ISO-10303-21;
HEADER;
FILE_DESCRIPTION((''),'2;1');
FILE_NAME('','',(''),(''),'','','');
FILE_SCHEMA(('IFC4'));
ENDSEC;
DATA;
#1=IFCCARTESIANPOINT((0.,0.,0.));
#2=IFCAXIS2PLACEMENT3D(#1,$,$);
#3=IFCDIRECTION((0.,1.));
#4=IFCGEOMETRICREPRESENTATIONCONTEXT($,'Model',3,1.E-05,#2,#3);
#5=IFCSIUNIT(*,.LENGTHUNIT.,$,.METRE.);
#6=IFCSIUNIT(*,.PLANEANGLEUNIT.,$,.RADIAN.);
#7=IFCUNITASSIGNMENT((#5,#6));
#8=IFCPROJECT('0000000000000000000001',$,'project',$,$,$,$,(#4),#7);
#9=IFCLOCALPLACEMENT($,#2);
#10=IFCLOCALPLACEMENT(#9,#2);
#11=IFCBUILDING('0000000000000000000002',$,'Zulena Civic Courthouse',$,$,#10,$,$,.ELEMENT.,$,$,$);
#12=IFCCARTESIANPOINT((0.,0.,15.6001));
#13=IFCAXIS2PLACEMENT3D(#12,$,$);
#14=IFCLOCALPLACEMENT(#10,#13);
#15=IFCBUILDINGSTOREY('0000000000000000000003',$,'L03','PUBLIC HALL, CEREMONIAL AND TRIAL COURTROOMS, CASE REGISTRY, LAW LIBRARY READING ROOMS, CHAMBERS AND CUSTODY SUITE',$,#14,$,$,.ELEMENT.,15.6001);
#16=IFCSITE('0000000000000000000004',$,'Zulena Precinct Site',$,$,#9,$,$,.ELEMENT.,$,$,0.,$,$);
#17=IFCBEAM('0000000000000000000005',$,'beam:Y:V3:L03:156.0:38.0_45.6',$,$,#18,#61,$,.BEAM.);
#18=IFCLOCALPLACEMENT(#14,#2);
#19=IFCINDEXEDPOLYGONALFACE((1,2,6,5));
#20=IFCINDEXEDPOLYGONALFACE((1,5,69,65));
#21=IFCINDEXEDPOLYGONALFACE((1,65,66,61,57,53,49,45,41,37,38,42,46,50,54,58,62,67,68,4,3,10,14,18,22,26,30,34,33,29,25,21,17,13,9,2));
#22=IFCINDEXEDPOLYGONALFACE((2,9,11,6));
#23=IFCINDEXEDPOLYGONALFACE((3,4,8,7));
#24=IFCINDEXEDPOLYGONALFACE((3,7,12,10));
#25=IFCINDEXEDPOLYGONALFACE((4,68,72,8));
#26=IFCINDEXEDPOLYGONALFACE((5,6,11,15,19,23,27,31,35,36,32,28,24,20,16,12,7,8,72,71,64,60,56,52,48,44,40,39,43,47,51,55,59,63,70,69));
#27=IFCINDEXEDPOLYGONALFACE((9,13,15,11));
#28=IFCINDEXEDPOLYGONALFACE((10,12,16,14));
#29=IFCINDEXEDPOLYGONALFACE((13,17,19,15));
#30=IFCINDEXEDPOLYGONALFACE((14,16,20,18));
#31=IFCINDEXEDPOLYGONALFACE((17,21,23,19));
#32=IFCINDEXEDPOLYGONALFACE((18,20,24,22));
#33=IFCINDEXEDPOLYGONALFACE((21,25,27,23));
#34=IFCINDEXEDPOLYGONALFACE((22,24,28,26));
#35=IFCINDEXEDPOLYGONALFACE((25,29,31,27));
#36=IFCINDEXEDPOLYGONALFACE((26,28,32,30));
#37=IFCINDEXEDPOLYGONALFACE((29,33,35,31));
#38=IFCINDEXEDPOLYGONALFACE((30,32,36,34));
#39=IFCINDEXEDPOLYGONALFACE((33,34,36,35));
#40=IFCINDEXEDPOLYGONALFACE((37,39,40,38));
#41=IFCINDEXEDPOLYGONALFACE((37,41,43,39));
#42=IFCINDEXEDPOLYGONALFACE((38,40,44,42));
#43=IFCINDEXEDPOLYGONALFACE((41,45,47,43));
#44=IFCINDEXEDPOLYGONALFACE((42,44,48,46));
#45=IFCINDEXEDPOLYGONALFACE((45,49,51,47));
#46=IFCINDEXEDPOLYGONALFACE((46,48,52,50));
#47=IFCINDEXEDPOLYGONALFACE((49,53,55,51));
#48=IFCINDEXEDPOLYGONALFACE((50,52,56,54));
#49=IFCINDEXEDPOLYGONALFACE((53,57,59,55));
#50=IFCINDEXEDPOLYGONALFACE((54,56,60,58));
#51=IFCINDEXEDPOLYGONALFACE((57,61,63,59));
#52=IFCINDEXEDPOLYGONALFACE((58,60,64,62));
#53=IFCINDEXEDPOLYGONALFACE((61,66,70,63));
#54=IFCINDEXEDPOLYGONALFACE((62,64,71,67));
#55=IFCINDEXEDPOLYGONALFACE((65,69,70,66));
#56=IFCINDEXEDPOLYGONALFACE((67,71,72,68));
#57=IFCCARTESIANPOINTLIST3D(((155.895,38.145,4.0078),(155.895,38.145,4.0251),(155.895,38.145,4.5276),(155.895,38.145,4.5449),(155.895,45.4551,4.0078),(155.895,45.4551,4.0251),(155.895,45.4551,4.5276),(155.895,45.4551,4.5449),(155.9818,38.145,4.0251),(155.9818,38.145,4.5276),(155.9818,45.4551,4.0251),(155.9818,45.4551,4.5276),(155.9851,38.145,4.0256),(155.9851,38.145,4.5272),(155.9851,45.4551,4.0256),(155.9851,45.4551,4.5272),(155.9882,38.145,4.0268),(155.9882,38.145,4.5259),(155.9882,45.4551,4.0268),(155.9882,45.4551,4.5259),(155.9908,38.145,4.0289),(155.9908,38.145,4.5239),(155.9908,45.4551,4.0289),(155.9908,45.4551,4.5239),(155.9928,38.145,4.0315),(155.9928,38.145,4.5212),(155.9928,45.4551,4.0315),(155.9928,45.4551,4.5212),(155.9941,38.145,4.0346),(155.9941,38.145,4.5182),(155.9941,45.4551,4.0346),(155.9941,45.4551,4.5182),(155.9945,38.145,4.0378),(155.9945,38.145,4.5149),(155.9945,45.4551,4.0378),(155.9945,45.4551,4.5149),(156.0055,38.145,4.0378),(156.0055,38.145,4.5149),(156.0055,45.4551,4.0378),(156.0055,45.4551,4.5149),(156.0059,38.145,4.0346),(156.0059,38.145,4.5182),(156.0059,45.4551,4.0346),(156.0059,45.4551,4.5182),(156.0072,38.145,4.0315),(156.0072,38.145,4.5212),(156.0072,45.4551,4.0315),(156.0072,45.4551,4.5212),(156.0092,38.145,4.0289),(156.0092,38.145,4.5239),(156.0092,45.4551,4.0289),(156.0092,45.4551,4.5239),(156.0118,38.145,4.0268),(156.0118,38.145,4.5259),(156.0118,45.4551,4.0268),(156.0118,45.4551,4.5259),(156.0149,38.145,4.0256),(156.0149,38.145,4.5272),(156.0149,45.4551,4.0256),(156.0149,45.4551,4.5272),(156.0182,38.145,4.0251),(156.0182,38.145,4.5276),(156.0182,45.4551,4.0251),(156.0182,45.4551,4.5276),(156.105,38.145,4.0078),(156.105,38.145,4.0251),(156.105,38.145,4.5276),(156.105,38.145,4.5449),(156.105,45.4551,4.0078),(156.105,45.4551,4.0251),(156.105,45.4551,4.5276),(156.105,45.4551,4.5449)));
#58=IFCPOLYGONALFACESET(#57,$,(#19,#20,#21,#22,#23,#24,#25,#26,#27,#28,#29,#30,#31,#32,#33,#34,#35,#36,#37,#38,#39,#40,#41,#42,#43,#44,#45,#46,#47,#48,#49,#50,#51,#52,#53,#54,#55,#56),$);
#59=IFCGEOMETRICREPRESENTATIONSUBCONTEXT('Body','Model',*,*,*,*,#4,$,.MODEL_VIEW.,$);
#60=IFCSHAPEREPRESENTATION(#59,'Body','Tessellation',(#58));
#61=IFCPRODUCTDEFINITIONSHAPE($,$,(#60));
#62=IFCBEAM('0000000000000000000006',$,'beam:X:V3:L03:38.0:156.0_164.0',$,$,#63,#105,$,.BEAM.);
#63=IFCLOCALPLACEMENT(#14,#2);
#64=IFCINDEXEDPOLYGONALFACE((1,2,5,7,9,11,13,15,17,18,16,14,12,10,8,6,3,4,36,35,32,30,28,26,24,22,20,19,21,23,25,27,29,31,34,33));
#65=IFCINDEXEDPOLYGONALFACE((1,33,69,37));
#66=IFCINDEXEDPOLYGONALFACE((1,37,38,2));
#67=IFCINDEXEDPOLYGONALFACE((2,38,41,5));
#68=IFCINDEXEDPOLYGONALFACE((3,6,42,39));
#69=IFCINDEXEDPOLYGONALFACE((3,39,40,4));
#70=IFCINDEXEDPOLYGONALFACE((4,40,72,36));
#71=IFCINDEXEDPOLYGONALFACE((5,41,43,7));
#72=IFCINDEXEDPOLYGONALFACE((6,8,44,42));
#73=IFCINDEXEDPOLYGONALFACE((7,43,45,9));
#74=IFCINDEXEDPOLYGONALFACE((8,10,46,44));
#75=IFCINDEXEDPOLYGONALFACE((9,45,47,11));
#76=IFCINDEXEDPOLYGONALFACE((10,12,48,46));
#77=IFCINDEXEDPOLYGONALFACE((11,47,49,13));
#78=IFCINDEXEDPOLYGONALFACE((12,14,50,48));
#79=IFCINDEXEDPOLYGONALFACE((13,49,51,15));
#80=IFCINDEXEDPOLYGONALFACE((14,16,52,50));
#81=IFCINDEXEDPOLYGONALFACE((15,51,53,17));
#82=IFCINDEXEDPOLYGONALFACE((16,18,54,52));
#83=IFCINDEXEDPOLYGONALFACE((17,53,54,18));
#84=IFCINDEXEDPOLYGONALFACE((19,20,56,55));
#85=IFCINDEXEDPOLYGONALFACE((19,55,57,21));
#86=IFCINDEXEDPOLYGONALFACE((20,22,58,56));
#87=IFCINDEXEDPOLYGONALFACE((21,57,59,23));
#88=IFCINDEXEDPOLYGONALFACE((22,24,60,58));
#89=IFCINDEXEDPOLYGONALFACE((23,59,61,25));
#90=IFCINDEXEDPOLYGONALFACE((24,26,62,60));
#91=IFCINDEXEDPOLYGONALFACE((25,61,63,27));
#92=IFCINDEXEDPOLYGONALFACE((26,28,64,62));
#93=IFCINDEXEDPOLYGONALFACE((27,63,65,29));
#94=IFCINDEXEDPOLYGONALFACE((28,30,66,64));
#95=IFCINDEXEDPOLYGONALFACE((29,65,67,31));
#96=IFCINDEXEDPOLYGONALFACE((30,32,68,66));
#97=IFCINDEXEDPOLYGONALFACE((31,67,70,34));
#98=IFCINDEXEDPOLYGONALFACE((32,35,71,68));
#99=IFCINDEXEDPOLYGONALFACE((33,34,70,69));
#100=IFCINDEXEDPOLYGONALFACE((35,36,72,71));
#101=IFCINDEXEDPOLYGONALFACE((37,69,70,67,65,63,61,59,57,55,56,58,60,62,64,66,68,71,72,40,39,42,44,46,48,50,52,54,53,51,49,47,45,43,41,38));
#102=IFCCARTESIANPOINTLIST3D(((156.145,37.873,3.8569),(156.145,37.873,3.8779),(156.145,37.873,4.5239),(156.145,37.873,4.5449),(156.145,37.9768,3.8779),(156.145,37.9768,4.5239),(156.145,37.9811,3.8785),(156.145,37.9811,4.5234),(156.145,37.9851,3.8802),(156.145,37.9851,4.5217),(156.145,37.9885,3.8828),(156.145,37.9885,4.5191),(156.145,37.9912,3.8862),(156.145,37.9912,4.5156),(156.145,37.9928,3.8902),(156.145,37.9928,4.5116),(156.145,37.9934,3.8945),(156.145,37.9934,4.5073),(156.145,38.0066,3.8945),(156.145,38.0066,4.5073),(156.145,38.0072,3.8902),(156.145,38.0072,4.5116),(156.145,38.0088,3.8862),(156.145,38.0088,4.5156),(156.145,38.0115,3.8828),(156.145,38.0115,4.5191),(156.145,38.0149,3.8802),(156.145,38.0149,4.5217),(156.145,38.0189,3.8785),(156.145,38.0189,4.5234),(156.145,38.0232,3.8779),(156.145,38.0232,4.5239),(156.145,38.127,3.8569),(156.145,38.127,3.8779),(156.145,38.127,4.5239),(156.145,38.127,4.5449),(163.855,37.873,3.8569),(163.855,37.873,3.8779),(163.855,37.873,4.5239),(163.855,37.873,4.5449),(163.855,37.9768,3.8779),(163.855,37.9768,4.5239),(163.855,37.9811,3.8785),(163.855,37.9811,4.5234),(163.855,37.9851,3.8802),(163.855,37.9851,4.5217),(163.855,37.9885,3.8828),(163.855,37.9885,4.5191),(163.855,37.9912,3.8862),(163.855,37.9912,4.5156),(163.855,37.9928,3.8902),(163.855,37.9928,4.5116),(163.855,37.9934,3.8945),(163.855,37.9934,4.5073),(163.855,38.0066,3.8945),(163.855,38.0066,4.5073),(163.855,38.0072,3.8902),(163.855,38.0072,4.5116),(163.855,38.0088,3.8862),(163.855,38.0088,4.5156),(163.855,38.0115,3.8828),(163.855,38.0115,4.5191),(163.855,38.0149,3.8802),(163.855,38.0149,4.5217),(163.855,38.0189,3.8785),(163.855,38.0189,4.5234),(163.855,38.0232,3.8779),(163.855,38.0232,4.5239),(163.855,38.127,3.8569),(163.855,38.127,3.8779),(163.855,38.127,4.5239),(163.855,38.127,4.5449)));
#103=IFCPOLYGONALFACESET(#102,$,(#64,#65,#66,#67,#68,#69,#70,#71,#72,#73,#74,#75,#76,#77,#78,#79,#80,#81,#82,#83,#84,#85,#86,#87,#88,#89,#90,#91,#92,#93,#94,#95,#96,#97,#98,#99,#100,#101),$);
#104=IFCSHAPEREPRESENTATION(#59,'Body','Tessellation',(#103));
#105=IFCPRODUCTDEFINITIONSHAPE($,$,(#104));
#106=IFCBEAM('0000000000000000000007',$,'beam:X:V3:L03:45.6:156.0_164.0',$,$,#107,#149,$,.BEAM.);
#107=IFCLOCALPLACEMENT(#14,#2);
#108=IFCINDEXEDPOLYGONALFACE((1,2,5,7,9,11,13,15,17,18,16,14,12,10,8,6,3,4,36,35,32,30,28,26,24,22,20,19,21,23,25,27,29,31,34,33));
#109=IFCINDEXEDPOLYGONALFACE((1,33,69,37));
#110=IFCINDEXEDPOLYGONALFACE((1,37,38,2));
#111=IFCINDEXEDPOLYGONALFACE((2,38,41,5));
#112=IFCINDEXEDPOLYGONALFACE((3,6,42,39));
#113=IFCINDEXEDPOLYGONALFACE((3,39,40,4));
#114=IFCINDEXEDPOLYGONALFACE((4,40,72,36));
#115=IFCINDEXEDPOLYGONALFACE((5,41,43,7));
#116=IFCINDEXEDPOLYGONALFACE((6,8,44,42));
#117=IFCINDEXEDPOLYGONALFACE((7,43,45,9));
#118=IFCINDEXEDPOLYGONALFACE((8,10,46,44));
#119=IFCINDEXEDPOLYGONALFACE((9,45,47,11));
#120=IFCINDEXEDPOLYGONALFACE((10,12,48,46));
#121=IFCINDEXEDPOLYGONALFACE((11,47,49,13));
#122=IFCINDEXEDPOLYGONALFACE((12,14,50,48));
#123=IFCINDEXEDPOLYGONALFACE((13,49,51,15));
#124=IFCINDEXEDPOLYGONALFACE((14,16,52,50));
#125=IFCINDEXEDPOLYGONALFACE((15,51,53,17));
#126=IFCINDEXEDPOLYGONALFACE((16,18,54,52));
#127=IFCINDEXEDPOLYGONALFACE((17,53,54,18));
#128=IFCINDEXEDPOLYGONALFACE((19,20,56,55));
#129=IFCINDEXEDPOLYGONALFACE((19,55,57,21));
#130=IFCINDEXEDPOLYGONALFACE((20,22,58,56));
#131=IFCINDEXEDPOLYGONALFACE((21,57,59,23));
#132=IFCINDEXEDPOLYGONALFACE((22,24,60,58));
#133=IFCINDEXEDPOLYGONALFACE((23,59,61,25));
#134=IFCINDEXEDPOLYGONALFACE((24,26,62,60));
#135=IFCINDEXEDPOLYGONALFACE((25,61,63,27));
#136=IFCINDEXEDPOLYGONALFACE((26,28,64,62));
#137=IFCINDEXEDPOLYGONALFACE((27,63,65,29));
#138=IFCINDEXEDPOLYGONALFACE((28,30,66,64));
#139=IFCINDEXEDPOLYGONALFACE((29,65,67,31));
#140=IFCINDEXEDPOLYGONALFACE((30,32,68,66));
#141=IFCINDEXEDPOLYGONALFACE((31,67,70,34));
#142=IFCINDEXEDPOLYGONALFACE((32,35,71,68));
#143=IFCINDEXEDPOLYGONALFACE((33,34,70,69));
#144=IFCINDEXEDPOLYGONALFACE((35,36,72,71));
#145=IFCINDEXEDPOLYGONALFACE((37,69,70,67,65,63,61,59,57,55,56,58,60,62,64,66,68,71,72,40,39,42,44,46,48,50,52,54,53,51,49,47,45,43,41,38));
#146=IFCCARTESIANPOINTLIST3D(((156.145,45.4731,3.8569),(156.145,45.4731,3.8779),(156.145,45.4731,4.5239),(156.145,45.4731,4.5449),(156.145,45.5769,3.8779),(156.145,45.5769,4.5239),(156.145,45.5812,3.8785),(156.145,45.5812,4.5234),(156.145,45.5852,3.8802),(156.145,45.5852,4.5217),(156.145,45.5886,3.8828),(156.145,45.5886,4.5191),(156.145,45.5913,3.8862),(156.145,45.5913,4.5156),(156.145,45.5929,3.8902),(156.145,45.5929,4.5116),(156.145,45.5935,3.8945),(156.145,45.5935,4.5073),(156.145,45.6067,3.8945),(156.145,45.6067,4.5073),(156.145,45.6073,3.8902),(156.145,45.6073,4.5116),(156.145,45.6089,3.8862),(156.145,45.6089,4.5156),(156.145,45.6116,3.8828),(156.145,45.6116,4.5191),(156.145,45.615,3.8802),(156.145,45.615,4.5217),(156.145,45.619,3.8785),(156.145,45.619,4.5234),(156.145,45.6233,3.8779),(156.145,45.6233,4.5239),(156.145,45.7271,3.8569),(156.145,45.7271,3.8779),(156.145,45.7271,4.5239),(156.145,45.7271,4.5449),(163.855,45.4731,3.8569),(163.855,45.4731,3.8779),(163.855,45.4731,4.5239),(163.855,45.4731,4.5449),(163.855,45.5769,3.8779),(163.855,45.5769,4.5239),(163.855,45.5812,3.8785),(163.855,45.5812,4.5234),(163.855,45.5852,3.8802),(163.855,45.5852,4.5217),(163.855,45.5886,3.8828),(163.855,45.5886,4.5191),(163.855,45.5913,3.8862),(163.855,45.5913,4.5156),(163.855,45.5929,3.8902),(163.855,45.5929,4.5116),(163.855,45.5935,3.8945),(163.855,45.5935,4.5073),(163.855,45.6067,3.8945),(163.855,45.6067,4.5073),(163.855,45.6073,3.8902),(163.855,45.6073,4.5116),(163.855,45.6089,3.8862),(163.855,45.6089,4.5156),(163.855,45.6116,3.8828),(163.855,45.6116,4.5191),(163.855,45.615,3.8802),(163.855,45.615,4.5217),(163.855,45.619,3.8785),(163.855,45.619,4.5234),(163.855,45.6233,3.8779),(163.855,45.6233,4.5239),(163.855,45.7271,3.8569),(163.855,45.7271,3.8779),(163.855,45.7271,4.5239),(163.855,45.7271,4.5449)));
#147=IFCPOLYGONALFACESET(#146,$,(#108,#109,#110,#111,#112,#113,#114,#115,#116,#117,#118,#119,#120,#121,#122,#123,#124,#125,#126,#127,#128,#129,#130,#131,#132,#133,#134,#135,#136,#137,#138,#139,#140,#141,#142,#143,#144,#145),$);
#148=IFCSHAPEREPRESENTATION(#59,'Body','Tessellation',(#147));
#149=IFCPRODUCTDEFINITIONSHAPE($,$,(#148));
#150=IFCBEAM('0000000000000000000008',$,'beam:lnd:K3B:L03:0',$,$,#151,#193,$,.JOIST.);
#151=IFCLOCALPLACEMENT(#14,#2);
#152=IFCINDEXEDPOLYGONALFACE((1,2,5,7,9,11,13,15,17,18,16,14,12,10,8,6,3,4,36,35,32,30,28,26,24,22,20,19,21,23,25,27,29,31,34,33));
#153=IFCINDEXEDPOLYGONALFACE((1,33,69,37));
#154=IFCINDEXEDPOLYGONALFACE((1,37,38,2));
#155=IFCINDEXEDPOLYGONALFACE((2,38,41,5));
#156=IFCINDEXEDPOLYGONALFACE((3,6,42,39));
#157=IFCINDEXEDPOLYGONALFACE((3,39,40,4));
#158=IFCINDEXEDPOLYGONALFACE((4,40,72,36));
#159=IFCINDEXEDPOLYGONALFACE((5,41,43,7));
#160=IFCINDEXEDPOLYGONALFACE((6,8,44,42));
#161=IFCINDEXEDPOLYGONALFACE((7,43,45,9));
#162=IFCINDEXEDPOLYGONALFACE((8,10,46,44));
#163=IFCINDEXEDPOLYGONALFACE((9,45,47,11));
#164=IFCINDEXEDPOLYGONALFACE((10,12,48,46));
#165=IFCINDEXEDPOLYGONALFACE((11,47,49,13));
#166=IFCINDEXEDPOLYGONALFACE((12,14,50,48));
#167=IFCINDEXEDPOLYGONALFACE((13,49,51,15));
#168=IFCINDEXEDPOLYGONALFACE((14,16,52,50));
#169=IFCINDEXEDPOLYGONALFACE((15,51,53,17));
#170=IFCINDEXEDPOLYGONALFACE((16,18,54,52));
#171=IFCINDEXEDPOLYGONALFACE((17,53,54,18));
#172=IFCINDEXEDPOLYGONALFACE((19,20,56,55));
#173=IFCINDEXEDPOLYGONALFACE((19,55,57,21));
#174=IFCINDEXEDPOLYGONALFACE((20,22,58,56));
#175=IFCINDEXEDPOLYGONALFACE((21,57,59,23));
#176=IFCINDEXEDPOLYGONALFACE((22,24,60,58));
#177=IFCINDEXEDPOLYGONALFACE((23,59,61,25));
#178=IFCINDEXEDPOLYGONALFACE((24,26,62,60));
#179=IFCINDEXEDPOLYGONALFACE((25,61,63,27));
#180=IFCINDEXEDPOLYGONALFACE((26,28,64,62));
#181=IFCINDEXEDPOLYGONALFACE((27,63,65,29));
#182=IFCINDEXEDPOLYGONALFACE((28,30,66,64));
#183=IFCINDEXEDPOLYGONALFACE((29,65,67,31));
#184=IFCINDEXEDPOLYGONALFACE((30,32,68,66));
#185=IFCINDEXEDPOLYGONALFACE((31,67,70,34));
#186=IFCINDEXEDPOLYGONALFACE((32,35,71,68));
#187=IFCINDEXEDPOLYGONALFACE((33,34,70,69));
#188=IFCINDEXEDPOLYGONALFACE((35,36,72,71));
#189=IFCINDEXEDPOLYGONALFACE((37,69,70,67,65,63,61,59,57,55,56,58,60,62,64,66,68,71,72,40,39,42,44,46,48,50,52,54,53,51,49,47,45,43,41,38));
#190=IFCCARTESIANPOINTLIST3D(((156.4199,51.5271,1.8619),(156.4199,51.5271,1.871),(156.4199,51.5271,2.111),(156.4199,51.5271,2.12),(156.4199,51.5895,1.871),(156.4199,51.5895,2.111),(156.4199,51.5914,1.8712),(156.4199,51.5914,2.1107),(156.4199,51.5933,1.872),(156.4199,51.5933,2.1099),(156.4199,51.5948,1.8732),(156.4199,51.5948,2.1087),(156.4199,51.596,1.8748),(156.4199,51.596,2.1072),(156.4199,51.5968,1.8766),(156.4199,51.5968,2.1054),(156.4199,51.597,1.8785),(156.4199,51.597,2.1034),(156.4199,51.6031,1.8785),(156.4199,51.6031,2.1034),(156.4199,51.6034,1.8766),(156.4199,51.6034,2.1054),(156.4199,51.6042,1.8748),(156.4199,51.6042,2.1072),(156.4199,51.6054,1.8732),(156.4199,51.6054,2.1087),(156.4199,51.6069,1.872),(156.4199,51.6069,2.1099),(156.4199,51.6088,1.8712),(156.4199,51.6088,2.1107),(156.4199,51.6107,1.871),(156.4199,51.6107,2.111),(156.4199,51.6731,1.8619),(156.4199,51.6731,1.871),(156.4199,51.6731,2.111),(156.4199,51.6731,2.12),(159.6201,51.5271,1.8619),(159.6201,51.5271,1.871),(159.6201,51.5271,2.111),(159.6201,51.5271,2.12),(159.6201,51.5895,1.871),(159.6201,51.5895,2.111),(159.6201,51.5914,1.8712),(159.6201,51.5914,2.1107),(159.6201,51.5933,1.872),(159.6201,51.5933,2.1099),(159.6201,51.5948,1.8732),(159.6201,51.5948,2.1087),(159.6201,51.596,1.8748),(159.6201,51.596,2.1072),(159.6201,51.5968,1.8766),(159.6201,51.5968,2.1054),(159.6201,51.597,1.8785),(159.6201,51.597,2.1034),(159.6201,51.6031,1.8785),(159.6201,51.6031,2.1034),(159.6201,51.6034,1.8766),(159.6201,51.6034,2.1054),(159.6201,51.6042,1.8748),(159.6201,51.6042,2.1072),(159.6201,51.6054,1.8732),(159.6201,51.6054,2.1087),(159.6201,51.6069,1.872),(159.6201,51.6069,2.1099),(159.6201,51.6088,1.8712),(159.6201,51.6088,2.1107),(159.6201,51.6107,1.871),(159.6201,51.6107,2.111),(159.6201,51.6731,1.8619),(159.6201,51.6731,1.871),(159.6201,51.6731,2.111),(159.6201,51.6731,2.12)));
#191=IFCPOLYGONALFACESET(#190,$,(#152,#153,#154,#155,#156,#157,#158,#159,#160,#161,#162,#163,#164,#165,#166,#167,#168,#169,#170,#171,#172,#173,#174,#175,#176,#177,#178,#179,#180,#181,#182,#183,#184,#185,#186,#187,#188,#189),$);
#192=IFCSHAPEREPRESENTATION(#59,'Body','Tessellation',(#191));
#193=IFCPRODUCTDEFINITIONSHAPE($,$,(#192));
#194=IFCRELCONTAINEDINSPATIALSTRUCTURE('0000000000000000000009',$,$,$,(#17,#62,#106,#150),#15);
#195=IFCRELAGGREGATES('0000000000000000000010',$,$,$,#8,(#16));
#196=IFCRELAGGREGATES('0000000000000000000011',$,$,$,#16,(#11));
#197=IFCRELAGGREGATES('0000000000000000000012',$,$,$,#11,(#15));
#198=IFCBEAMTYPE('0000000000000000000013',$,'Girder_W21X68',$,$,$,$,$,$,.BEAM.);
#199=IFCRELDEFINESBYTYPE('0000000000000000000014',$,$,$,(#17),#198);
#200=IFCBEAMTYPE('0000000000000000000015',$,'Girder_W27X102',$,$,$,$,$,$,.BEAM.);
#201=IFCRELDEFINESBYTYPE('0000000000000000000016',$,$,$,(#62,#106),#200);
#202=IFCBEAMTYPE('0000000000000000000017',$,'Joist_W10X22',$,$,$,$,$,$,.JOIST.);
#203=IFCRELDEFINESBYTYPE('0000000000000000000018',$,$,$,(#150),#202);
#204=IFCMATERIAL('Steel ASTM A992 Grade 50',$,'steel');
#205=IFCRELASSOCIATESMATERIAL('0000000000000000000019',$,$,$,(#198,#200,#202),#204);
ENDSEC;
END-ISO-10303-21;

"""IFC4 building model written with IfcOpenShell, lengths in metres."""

from ifc_helpers import new_model, si_unit, direction, frame, origin, origin_2d, place, context, subcontext, project, spatial, i_section, extrude, material, material_profile, profile_set, type_object, element, save


model = new_model("IFC4")

# Units and contexts
model_context = context("Model", 3, precision=1e-05, world=origin(), true_north=direction((0.0, 1.0)))
body_context = subcontext(model_context, "Body", "Model", "MODEL_VIEW")
ifc_project = project(units=[si_unit("LENGTHUNIT", "METRE"), si_unit("PLANEANGLEUNIT", "RADIAN")], contexts=[model_context])

# Site, building, storey
site_placement = place(None, origin())
site = spatial("IfcSite", under=ifc_project, at=site_placement, Name="Zulena Precinct Site", CompositionType="ELEMENT", RefElevation=0.0)
building_placement = place(site_placement, origin())
building = spatial("IfcBuilding", under=site, at=building_placement, Name="Zulena Civic Courthouse", CompositionType="ELEMENT")
storey_placement = place(building_placement, frame((0.0, 0.0, 15.6001)))
storey = spatial("IfcBuildingStorey", under=building, at=storey_placement, Name="L03", Description="PUBLIC HALL, CEREMONIAL AND TRIAL COURTROOMS, CASE REGISTRY, LAW LIBRARY READING ROOMS, CHAMBERS AND CUSTODY SUITE", CompositionType="ELEMENT", Elevation=15.6001)

# Shared definitions
ifc_material_1 = material(Name="Steel ASTM A992 Grade 50", Category="steel")

# Beams
ifc_material_profile_1 = material_profile(ifc_material_1, i_section(OverallWidth=0.21, OverallDepth=0.5371, WebThickness=0.011, FlangeThickness=0.0173, FilletRadius=0.0127, at=origin_2d()), Name="W21X68")
ifc_profile_set_1 = profile_set([ifc_material_profile_1], Name="Steel ASTM A992 Grade 50")
beam_type_1 = type_object("IfcBeamType", Name="Girder_W21X68", PredefinedType="BEAM", material=ifc_profile_set_1)
beam_1_placement = place(storey_placement, frame((156.0, 38.145, 4.2764), z_axis=(0.0, 1.0, 0.0), x_axis=(-1.0, 0.0, 0.0)))
element("IfcBeam", 1, at=beam_1_placement, inside=storey, type_object=beam_type_1, Name="beam:Y:V3:L03:156.0:38.0_45.6", PredefinedType="BEAM", context=body_context, shape_type="SweptSolid", body=[
    extrude(i_section(OverallWidth=0.21, OverallDepth=0.5371, WebThickness=0.011, FlangeThickness=0.0173, FilletRadius=0.0127, at=origin_2d()), origin(), (0.0, 0.0, 1.0), 7.3101),
])
ifc_material_profile_2 = material_profile(ifc_material_1, i_section(OverallWidth=0.2539, OverallDepth=0.688, WebThickness=0.0132, FlangeThickness=0.021, FilletRadius=0.0166, at=origin_2d()), Name="W27X102")
ifc_profile_set_2 = profile_set([ifc_material_profile_2], Name="Steel ASTM A992 Grade 50")
beam_type_2 = type_object("IfcBeamType", Name="Girder_W27X102", PredefinedType="BEAM", material=ifc_profile_set_2)
for number, where, z_axis, x_axis, name in (
    (2, (156.145, 38.0, 4.2009), (1.0, 0.0, 0.0), (0.0, 1.0, 0.0), "beam:X:V3:L03:38.0:156.0_164.0"),
    (3, (156.145, 45.6001, 4.2009), (1.0, 0.0, 0.0), (0.0, 1.0, 0.0), "beam:X:V3:L03:45.6:156.0_164.0"),
):
    element("IfcBeam", number, at=place(storey_placement, frame(where, z_axis=z_axis, x_axis=x_axis)), inside=storey, type_object=beam_type_2, Name=name, PredefinedType="BEAM", context=body_context, shape_type="SweptSolid", body=[
        extrude(i_section(OverallWidth=0.2539, OverallDepth=0.688, WebThickness=0.0132, FlangeThickness=0.021, FilletRadius=0.0166, at=origin_2d()), origin(), (0.0, 0.0, 1.0), 7.71),
    ])
ifc_material_profile_3 = material_profile(ifc_material_1, i_section(OverallWidth=0.146, OverallDepth=0.2581, WebThickness=0.0061, FlangeThickness=0.009, FilletRadius=0.0076, at=origin_2d()), Name="W10X22")
ifc_profile_set_3 = profile_set([ifc_material_profile_3], Name="Steel ASTM A992 Grade 50")
beam_type_3 = type_object("IfcBeamType", Name="Joist_W10X22", PredefinedType="JOIST", material=ifc_profile_set_3)
for number, where, z_axis, x_axis, name in (
    (4, (156.4199, 51.6001, 1.991), (1.0, 0.0, 0.0), (0.0, 1.0, 0.0), "beam:lnd:K3B:L03:0"),
):
    element("IfcBeam", number, at=place(storey_placement, frame(where, z_axis=z_axis, x_axis=x_axis)), inside=storey, type_object=beam_type_3, Name=name, PredefinedType="JOIST", context=body_context, shape_type="SweptSolid", body=[
        extrude(i_section(OverallWidth=0.146, OverallDepth=0.2581, WebThickness=0.0061, FlangeThickness=0.009, FilletRadius=0.0076, at=origin_2d()), origin(), (0.0, 0.0, 1.0), 3.2002),
    ])

save(model, "model.ifc")
